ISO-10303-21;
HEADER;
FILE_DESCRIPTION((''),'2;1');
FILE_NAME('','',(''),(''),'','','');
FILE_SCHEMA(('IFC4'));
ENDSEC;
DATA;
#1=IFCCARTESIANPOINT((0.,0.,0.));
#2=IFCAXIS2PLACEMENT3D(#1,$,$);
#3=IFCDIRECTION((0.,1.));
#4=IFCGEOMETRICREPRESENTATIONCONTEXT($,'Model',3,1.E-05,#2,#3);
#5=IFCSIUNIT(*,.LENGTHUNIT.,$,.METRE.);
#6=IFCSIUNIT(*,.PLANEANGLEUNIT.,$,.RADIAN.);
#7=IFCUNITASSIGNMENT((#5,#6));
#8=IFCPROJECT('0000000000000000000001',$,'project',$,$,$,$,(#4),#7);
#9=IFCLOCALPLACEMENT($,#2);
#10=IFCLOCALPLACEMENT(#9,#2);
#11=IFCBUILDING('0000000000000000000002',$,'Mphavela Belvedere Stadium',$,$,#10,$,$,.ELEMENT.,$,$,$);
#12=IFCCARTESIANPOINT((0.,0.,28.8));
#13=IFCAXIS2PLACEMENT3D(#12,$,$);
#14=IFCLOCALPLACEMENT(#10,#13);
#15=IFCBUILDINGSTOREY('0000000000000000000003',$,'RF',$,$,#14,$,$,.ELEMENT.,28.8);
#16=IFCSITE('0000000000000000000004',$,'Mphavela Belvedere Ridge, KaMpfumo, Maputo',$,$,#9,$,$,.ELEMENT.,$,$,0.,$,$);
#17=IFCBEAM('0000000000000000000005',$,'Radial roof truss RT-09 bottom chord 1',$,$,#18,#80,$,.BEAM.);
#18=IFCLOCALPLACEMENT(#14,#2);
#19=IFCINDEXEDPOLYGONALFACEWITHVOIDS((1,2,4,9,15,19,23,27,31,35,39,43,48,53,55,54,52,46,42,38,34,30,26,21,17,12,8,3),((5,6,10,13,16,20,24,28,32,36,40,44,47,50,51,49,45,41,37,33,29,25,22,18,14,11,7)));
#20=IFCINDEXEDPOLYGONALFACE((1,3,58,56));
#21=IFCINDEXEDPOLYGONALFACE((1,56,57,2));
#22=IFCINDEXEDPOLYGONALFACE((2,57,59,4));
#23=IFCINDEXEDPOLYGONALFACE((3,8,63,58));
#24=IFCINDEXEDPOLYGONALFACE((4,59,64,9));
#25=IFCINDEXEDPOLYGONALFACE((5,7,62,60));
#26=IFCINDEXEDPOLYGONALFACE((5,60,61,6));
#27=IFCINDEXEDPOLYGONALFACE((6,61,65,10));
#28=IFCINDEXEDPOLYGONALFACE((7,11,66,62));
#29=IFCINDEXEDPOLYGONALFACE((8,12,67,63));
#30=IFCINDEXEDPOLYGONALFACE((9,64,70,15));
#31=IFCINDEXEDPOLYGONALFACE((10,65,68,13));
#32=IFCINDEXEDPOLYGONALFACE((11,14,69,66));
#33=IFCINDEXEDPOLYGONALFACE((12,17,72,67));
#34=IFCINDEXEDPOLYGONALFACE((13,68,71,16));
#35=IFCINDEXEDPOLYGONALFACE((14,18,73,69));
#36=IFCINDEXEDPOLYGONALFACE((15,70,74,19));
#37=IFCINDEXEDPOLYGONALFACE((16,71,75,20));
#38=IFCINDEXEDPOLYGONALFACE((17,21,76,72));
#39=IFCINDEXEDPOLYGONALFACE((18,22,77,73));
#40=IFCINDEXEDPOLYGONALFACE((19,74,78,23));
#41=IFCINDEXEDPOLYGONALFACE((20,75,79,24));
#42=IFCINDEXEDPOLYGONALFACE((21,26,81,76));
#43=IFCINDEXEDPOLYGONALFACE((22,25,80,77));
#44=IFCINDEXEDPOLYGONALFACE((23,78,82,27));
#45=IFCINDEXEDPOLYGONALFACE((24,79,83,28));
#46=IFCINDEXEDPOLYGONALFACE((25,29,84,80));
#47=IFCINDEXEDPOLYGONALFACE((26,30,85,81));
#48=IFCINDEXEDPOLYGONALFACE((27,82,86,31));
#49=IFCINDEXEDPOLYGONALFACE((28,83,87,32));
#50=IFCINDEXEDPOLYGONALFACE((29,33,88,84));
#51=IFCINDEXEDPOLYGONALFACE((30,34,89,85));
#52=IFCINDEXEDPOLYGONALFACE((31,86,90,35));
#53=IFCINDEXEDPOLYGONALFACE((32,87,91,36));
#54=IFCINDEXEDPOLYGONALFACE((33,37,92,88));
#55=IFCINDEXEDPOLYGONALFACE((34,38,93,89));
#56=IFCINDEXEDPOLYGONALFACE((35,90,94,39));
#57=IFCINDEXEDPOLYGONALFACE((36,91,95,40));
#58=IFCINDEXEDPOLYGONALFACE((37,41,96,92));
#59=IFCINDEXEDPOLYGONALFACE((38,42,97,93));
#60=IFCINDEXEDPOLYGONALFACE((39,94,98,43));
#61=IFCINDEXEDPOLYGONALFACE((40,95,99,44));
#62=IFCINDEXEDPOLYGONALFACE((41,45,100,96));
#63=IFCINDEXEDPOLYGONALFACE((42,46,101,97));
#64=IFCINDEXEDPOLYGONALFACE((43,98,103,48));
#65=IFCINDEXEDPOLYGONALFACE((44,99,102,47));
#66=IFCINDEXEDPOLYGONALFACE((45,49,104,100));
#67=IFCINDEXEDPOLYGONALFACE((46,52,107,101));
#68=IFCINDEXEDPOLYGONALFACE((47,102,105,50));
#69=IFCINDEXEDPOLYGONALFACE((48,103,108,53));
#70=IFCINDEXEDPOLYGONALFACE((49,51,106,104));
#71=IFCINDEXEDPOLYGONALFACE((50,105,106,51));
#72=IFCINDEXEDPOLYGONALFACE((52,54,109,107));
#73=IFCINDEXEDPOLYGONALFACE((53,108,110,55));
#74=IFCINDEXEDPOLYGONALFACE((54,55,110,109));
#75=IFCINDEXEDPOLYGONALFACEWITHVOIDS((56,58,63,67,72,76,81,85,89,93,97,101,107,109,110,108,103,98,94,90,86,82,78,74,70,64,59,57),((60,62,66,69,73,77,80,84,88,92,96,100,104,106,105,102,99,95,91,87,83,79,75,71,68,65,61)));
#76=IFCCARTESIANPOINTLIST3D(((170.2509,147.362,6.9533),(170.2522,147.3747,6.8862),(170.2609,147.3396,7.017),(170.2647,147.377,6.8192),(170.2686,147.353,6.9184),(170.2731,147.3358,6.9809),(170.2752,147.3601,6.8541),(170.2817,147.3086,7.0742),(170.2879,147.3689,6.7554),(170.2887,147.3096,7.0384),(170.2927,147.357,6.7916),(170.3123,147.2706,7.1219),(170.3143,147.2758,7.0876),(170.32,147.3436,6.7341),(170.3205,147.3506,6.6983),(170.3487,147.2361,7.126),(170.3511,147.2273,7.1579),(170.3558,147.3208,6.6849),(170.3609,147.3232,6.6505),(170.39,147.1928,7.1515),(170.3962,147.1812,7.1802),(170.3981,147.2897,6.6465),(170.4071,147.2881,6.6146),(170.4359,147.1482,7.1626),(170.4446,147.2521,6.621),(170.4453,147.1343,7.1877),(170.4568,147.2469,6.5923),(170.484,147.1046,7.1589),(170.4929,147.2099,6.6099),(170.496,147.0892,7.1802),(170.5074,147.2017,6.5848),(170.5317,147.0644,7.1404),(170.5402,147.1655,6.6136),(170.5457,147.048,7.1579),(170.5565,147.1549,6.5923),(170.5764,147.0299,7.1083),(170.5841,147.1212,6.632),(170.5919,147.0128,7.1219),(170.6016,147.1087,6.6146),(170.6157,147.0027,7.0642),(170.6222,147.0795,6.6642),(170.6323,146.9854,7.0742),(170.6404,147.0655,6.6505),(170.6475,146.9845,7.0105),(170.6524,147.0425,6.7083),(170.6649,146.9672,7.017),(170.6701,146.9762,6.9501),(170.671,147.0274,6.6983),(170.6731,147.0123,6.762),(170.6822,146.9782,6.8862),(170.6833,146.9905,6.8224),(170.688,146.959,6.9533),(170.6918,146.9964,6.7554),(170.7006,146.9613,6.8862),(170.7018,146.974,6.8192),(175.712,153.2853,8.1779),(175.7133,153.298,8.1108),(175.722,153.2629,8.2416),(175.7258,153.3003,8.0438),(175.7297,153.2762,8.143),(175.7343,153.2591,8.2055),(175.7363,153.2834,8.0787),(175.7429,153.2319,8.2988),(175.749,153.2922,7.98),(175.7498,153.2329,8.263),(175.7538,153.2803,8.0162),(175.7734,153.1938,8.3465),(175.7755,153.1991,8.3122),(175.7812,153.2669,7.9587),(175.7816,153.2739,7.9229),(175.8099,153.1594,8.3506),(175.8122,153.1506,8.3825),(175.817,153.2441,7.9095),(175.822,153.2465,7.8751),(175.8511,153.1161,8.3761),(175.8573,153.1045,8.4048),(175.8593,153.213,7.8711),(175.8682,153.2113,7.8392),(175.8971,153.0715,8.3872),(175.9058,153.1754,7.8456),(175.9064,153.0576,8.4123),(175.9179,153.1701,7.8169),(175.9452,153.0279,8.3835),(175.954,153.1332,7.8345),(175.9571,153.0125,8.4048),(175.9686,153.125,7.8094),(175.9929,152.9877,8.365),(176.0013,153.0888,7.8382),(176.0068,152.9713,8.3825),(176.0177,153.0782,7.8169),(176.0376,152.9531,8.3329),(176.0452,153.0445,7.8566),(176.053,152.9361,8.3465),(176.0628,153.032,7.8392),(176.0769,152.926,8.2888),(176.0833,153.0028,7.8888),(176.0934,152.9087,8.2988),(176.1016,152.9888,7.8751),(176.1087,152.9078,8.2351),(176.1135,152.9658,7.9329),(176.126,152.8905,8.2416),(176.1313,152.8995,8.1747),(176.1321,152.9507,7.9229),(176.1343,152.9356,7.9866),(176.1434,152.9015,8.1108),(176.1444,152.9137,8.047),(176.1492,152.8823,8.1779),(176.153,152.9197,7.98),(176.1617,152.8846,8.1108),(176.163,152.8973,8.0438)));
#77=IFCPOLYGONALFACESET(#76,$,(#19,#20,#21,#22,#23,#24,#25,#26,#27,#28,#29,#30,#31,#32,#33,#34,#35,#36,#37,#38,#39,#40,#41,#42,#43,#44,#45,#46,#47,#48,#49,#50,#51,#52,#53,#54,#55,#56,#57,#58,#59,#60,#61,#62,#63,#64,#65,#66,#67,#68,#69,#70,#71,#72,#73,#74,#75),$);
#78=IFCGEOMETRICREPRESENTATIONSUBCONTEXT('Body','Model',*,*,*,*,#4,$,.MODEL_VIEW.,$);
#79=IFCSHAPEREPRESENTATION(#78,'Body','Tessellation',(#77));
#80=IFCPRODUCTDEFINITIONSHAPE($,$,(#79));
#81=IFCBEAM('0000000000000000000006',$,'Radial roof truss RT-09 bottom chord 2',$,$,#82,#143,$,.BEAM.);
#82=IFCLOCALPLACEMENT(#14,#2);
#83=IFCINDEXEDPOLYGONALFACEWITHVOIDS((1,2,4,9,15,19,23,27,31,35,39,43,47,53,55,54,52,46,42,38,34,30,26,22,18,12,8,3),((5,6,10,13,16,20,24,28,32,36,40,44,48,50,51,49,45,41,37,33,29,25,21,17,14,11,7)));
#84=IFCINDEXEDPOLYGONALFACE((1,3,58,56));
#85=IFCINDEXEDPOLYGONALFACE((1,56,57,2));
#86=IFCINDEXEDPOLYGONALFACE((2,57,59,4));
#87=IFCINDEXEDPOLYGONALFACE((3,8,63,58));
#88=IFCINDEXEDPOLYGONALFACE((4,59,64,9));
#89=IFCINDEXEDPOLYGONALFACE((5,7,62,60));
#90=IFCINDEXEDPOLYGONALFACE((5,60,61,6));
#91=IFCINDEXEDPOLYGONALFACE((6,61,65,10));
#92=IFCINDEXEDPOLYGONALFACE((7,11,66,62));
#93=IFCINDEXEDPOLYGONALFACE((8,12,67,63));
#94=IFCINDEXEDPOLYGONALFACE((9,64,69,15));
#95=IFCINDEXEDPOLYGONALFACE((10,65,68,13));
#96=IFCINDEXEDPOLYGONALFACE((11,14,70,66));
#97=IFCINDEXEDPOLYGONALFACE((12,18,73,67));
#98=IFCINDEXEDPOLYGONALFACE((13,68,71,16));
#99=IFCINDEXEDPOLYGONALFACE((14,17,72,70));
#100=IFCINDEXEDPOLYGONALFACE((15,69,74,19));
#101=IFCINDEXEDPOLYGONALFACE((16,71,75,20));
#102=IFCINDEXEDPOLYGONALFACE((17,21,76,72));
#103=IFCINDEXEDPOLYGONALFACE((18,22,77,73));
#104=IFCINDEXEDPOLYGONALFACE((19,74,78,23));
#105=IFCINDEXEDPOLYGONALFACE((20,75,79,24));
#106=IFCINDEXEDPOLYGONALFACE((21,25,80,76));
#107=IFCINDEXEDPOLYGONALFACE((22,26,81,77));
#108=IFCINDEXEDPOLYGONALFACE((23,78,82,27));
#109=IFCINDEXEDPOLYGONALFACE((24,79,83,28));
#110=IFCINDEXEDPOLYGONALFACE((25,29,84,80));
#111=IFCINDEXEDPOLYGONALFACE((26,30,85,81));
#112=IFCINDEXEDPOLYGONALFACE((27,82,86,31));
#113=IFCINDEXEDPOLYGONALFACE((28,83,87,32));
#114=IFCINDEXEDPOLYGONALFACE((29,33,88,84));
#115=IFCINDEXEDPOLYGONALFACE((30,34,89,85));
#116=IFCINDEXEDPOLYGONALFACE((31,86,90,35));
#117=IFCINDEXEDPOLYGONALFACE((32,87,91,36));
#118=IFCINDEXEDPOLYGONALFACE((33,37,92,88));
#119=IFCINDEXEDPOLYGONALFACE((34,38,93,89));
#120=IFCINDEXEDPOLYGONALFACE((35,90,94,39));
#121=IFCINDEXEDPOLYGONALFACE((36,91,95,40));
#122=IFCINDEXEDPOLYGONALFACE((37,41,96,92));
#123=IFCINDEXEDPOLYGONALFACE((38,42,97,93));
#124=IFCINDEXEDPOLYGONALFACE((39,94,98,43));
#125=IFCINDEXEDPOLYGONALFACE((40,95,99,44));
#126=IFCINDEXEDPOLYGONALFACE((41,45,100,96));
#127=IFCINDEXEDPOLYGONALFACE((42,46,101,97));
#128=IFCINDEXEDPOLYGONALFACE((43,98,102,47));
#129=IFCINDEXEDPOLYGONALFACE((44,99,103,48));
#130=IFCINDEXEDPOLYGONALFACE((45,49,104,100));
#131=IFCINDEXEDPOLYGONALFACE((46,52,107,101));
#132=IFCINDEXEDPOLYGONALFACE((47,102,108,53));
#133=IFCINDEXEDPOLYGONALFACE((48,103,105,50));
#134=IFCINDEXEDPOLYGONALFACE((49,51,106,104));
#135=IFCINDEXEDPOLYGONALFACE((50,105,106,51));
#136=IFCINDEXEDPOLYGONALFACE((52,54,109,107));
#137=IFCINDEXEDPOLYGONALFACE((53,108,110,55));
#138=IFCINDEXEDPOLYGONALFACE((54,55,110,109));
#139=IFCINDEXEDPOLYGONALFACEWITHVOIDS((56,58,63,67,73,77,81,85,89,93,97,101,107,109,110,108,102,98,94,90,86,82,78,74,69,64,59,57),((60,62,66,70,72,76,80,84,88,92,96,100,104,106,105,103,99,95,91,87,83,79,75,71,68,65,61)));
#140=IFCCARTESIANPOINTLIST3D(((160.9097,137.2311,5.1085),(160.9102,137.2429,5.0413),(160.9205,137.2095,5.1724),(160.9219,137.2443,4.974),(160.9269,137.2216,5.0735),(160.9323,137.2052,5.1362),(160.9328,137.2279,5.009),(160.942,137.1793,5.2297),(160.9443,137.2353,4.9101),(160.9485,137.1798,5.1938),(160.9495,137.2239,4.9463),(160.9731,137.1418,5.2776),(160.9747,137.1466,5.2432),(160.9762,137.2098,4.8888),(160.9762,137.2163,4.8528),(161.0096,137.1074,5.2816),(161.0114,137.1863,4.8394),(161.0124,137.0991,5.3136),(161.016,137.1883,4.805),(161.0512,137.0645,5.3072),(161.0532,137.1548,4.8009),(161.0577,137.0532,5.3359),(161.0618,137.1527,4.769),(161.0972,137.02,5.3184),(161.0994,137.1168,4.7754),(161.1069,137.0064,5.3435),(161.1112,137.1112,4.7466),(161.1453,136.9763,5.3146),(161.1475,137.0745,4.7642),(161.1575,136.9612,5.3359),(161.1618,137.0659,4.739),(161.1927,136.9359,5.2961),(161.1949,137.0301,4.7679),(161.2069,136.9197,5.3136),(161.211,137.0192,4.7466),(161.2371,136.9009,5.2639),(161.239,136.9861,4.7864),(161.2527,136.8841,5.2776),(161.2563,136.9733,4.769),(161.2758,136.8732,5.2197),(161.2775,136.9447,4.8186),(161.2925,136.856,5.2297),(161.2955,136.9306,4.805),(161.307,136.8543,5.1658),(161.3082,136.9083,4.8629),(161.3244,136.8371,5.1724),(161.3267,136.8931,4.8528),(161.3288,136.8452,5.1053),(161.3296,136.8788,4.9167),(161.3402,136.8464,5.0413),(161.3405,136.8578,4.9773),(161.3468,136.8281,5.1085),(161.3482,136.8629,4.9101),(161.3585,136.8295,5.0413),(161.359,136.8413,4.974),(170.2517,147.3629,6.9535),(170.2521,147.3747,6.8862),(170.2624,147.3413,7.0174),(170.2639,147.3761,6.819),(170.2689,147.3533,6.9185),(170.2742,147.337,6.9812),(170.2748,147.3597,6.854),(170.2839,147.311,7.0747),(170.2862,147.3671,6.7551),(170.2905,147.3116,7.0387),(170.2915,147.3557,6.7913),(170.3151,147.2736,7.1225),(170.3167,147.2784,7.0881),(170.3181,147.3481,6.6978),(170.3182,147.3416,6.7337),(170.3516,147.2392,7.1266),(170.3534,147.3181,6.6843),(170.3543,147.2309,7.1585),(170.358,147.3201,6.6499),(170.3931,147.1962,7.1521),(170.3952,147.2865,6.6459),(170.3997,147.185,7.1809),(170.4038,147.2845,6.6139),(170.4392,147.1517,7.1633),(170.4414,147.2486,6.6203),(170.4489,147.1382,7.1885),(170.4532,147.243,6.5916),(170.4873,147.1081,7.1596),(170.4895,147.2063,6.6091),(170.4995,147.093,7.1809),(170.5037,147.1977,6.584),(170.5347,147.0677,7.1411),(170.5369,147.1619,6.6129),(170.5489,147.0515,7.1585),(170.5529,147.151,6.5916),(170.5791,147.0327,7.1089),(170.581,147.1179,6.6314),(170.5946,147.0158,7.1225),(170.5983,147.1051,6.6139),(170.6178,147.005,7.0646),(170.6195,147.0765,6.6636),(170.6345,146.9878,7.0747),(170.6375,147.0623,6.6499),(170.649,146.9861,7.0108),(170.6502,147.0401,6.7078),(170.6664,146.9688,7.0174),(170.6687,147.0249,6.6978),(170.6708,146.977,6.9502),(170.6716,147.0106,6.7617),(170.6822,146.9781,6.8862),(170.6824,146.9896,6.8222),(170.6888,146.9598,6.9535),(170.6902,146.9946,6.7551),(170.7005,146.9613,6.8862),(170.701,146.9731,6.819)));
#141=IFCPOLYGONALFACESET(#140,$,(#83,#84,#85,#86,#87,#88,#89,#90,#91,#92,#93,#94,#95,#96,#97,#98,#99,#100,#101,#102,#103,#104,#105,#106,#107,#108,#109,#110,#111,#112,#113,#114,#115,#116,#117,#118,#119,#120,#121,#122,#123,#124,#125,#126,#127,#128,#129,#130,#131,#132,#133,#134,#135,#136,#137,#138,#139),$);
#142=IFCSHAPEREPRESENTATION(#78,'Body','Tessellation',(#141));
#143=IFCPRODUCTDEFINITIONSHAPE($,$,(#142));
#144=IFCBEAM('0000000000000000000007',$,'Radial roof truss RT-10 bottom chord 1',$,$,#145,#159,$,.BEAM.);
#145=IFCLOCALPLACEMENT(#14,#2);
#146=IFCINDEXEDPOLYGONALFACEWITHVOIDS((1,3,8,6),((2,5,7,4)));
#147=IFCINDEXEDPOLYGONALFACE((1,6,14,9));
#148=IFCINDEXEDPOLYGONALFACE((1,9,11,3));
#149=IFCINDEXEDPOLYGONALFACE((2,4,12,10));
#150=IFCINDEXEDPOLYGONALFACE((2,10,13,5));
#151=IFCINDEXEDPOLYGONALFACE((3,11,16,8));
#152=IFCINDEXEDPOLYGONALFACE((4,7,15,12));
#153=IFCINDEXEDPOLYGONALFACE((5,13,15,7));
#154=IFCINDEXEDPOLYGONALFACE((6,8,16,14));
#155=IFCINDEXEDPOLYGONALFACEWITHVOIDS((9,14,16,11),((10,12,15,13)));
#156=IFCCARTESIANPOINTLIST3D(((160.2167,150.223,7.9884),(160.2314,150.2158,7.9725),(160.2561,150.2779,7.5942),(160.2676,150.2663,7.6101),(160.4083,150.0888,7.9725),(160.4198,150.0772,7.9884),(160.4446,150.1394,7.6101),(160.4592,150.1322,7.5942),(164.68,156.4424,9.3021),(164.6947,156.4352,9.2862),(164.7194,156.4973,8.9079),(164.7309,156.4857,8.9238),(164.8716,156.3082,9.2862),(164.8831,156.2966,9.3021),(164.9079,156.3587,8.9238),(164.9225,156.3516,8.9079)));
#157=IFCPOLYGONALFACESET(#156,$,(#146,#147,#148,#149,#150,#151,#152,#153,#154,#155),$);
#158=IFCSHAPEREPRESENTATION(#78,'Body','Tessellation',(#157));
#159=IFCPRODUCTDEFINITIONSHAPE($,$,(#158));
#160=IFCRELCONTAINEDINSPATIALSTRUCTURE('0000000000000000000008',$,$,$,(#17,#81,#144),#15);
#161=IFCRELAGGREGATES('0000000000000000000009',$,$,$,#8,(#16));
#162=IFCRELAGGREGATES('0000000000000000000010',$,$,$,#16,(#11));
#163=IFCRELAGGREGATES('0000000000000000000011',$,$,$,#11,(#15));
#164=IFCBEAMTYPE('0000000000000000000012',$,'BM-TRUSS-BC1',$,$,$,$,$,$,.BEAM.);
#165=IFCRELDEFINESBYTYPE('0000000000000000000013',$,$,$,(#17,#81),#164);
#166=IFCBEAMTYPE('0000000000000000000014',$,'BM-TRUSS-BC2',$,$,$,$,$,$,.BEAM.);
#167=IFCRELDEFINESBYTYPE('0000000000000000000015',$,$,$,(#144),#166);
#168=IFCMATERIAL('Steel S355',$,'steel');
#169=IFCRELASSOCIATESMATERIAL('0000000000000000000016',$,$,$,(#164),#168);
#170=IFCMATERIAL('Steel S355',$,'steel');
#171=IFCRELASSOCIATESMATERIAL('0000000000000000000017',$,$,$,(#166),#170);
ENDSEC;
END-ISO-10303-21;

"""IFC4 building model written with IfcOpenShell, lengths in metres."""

from ifc_helpers import new_model, si_unit, direction, frame, origin, origin_2d, place, context, subcontext, project, spatial, hollow_rectangle, hollow_circle, extrude, material, material_profile, profile_set, type_object, element, save


model = new_model("IFC4")

# Units and contexts
model_context = context("Model", 3, precision=1e-05, world=origin(), true_north=direction((0.0, 1.0)))
body_context = subcontext(model_context, "Body", "Model", "MODEL_VIEW")
ifc_project = project(units=[si_unit("LENGTHUNIT", "METRE"), si_unit("PLANEANGLEUNIT", "RADIAN")], contexts=[model_context])

# Site, building, storey
site_placement = place(None, origin())
site = spatial("IfcSite", under=ifc_project, at=site_placement, Name="Mphavela Belvedere Ridge, KaMpfumo, Maputo", CompositionType="ELEMENT", RefElevation=0.0)
building_placement = place(site_placement, origin())
building = spatial("IfcBuilding", under=site, at=building_placement, Name="Mphavela Belvedere Stadium", CompositionType="ELEMENT")
storey_placement = place(building_placement, frame((0.0, 0.0, 28.8)))
storey = spatial("IfcBuildingStorey", under=building, at=storey_placement, Name="RF", CompositionType="ELEMENT", Elevation=28.8)

# Beams
ifc_material_1 = material(Name="Steel S355", Category="steel")
ifc_material_profile_1 = material_profile(ifc_material_1, hollow_circle(Radius=0.3049, WallThickness=0.0249, at=origin_2d()), Name="CHS 610x25")
ifc_profile_set_1 = profile_set([ifc_material_profile_1], Name="Steel S355")
beam_type_1 = type_object("IfcBeamType", Name="BM-TRUSS-BC1", PredefinedType="BEAM", material=ifc_profile_set_1)
beam_1_placement = place(storey_placement, frame((175.9375, 153.0913, 8.1108), z_axis=(-0.670146, -0.726858, -0.150273), x_axis=(0.735206, -0.677843, 0.0)))
element("IfcBeam", 1, at=beam_1_placement, inside=storey, type_object=beam_type_1, Name="Radial roof truss RT-09 bottom chord 1", PredefinedType="BEAM", context=body_context, shape_type="SweptSolid", body=[
    extrude(hollow_circle(Radius=0.3049, WallThickness=0.0249, at=origin_2d()), origin(), (0.0, 0.0, 1.0), 8.1492),
])
beam_2_placement = place(storey_placement, frame((170.4763, 147.168, 6.8862), z_axis=(-0.671878, -0.72868, -0.13269), x_axis=(0.73518, -0.677872, 0.0)))
element("IfcBeam", 2, at=beam_2_placement, inside=storey, type_object=beam_type_1, Name="Radial roof truss RT-09 bottom chord 2", PredefinedType="BEAM", context=body_context, shape_type="SweptSolid", body=[
    extrude(hollow_circle(Radius=0.3049, WallThickness=0.0249, at=origin_2d()), origin(), (0.0, 0.0, 1.0), 13.9043),
])
ifc_material_2 = material(Name="Steel S355", Category="steel")
ifc_material_profile_2 = material_profile(ifc_material_2, hollow_rectangle(XDim=0.25, YDim=0.3999, WallThickness=0.0161, at=origin_2d()), Name="RHS 400x250x16")
ifc_profile_set_2 = profile_set([ifc_material_profile_2], Name="Steel S355")
beam_type_2 = type_object("IfcBeamType", Name="BM-TRUSS-BC2", PredefinedType="BEAM", material=ifc_profile_set_2)
beam_3_placement = place(storey_placement, frame((164.8013, 156.397, 9.105), z_axis=(-0.574644, -0.800736, -0.169137), x_axis=(0.812441, -0.583044, 0.0)))
element("IfcBeam", 3, at=beam_3_placement, inside=storey, type_object=beam_type_2, Name="Radial roof truss RT-10 bottom chord 1", PredefinedType="BEAM", context=body_context, shape_type="SweptSolid", body=[
    extrude(hollow_rectangle(XDim=0.25, YDim=0.3999, WallThickness=0.0161, at=origin_2d()), origin(), (0.0, 0.0, 1.0), 7.7671),
])

save(model, "model.ifc")
